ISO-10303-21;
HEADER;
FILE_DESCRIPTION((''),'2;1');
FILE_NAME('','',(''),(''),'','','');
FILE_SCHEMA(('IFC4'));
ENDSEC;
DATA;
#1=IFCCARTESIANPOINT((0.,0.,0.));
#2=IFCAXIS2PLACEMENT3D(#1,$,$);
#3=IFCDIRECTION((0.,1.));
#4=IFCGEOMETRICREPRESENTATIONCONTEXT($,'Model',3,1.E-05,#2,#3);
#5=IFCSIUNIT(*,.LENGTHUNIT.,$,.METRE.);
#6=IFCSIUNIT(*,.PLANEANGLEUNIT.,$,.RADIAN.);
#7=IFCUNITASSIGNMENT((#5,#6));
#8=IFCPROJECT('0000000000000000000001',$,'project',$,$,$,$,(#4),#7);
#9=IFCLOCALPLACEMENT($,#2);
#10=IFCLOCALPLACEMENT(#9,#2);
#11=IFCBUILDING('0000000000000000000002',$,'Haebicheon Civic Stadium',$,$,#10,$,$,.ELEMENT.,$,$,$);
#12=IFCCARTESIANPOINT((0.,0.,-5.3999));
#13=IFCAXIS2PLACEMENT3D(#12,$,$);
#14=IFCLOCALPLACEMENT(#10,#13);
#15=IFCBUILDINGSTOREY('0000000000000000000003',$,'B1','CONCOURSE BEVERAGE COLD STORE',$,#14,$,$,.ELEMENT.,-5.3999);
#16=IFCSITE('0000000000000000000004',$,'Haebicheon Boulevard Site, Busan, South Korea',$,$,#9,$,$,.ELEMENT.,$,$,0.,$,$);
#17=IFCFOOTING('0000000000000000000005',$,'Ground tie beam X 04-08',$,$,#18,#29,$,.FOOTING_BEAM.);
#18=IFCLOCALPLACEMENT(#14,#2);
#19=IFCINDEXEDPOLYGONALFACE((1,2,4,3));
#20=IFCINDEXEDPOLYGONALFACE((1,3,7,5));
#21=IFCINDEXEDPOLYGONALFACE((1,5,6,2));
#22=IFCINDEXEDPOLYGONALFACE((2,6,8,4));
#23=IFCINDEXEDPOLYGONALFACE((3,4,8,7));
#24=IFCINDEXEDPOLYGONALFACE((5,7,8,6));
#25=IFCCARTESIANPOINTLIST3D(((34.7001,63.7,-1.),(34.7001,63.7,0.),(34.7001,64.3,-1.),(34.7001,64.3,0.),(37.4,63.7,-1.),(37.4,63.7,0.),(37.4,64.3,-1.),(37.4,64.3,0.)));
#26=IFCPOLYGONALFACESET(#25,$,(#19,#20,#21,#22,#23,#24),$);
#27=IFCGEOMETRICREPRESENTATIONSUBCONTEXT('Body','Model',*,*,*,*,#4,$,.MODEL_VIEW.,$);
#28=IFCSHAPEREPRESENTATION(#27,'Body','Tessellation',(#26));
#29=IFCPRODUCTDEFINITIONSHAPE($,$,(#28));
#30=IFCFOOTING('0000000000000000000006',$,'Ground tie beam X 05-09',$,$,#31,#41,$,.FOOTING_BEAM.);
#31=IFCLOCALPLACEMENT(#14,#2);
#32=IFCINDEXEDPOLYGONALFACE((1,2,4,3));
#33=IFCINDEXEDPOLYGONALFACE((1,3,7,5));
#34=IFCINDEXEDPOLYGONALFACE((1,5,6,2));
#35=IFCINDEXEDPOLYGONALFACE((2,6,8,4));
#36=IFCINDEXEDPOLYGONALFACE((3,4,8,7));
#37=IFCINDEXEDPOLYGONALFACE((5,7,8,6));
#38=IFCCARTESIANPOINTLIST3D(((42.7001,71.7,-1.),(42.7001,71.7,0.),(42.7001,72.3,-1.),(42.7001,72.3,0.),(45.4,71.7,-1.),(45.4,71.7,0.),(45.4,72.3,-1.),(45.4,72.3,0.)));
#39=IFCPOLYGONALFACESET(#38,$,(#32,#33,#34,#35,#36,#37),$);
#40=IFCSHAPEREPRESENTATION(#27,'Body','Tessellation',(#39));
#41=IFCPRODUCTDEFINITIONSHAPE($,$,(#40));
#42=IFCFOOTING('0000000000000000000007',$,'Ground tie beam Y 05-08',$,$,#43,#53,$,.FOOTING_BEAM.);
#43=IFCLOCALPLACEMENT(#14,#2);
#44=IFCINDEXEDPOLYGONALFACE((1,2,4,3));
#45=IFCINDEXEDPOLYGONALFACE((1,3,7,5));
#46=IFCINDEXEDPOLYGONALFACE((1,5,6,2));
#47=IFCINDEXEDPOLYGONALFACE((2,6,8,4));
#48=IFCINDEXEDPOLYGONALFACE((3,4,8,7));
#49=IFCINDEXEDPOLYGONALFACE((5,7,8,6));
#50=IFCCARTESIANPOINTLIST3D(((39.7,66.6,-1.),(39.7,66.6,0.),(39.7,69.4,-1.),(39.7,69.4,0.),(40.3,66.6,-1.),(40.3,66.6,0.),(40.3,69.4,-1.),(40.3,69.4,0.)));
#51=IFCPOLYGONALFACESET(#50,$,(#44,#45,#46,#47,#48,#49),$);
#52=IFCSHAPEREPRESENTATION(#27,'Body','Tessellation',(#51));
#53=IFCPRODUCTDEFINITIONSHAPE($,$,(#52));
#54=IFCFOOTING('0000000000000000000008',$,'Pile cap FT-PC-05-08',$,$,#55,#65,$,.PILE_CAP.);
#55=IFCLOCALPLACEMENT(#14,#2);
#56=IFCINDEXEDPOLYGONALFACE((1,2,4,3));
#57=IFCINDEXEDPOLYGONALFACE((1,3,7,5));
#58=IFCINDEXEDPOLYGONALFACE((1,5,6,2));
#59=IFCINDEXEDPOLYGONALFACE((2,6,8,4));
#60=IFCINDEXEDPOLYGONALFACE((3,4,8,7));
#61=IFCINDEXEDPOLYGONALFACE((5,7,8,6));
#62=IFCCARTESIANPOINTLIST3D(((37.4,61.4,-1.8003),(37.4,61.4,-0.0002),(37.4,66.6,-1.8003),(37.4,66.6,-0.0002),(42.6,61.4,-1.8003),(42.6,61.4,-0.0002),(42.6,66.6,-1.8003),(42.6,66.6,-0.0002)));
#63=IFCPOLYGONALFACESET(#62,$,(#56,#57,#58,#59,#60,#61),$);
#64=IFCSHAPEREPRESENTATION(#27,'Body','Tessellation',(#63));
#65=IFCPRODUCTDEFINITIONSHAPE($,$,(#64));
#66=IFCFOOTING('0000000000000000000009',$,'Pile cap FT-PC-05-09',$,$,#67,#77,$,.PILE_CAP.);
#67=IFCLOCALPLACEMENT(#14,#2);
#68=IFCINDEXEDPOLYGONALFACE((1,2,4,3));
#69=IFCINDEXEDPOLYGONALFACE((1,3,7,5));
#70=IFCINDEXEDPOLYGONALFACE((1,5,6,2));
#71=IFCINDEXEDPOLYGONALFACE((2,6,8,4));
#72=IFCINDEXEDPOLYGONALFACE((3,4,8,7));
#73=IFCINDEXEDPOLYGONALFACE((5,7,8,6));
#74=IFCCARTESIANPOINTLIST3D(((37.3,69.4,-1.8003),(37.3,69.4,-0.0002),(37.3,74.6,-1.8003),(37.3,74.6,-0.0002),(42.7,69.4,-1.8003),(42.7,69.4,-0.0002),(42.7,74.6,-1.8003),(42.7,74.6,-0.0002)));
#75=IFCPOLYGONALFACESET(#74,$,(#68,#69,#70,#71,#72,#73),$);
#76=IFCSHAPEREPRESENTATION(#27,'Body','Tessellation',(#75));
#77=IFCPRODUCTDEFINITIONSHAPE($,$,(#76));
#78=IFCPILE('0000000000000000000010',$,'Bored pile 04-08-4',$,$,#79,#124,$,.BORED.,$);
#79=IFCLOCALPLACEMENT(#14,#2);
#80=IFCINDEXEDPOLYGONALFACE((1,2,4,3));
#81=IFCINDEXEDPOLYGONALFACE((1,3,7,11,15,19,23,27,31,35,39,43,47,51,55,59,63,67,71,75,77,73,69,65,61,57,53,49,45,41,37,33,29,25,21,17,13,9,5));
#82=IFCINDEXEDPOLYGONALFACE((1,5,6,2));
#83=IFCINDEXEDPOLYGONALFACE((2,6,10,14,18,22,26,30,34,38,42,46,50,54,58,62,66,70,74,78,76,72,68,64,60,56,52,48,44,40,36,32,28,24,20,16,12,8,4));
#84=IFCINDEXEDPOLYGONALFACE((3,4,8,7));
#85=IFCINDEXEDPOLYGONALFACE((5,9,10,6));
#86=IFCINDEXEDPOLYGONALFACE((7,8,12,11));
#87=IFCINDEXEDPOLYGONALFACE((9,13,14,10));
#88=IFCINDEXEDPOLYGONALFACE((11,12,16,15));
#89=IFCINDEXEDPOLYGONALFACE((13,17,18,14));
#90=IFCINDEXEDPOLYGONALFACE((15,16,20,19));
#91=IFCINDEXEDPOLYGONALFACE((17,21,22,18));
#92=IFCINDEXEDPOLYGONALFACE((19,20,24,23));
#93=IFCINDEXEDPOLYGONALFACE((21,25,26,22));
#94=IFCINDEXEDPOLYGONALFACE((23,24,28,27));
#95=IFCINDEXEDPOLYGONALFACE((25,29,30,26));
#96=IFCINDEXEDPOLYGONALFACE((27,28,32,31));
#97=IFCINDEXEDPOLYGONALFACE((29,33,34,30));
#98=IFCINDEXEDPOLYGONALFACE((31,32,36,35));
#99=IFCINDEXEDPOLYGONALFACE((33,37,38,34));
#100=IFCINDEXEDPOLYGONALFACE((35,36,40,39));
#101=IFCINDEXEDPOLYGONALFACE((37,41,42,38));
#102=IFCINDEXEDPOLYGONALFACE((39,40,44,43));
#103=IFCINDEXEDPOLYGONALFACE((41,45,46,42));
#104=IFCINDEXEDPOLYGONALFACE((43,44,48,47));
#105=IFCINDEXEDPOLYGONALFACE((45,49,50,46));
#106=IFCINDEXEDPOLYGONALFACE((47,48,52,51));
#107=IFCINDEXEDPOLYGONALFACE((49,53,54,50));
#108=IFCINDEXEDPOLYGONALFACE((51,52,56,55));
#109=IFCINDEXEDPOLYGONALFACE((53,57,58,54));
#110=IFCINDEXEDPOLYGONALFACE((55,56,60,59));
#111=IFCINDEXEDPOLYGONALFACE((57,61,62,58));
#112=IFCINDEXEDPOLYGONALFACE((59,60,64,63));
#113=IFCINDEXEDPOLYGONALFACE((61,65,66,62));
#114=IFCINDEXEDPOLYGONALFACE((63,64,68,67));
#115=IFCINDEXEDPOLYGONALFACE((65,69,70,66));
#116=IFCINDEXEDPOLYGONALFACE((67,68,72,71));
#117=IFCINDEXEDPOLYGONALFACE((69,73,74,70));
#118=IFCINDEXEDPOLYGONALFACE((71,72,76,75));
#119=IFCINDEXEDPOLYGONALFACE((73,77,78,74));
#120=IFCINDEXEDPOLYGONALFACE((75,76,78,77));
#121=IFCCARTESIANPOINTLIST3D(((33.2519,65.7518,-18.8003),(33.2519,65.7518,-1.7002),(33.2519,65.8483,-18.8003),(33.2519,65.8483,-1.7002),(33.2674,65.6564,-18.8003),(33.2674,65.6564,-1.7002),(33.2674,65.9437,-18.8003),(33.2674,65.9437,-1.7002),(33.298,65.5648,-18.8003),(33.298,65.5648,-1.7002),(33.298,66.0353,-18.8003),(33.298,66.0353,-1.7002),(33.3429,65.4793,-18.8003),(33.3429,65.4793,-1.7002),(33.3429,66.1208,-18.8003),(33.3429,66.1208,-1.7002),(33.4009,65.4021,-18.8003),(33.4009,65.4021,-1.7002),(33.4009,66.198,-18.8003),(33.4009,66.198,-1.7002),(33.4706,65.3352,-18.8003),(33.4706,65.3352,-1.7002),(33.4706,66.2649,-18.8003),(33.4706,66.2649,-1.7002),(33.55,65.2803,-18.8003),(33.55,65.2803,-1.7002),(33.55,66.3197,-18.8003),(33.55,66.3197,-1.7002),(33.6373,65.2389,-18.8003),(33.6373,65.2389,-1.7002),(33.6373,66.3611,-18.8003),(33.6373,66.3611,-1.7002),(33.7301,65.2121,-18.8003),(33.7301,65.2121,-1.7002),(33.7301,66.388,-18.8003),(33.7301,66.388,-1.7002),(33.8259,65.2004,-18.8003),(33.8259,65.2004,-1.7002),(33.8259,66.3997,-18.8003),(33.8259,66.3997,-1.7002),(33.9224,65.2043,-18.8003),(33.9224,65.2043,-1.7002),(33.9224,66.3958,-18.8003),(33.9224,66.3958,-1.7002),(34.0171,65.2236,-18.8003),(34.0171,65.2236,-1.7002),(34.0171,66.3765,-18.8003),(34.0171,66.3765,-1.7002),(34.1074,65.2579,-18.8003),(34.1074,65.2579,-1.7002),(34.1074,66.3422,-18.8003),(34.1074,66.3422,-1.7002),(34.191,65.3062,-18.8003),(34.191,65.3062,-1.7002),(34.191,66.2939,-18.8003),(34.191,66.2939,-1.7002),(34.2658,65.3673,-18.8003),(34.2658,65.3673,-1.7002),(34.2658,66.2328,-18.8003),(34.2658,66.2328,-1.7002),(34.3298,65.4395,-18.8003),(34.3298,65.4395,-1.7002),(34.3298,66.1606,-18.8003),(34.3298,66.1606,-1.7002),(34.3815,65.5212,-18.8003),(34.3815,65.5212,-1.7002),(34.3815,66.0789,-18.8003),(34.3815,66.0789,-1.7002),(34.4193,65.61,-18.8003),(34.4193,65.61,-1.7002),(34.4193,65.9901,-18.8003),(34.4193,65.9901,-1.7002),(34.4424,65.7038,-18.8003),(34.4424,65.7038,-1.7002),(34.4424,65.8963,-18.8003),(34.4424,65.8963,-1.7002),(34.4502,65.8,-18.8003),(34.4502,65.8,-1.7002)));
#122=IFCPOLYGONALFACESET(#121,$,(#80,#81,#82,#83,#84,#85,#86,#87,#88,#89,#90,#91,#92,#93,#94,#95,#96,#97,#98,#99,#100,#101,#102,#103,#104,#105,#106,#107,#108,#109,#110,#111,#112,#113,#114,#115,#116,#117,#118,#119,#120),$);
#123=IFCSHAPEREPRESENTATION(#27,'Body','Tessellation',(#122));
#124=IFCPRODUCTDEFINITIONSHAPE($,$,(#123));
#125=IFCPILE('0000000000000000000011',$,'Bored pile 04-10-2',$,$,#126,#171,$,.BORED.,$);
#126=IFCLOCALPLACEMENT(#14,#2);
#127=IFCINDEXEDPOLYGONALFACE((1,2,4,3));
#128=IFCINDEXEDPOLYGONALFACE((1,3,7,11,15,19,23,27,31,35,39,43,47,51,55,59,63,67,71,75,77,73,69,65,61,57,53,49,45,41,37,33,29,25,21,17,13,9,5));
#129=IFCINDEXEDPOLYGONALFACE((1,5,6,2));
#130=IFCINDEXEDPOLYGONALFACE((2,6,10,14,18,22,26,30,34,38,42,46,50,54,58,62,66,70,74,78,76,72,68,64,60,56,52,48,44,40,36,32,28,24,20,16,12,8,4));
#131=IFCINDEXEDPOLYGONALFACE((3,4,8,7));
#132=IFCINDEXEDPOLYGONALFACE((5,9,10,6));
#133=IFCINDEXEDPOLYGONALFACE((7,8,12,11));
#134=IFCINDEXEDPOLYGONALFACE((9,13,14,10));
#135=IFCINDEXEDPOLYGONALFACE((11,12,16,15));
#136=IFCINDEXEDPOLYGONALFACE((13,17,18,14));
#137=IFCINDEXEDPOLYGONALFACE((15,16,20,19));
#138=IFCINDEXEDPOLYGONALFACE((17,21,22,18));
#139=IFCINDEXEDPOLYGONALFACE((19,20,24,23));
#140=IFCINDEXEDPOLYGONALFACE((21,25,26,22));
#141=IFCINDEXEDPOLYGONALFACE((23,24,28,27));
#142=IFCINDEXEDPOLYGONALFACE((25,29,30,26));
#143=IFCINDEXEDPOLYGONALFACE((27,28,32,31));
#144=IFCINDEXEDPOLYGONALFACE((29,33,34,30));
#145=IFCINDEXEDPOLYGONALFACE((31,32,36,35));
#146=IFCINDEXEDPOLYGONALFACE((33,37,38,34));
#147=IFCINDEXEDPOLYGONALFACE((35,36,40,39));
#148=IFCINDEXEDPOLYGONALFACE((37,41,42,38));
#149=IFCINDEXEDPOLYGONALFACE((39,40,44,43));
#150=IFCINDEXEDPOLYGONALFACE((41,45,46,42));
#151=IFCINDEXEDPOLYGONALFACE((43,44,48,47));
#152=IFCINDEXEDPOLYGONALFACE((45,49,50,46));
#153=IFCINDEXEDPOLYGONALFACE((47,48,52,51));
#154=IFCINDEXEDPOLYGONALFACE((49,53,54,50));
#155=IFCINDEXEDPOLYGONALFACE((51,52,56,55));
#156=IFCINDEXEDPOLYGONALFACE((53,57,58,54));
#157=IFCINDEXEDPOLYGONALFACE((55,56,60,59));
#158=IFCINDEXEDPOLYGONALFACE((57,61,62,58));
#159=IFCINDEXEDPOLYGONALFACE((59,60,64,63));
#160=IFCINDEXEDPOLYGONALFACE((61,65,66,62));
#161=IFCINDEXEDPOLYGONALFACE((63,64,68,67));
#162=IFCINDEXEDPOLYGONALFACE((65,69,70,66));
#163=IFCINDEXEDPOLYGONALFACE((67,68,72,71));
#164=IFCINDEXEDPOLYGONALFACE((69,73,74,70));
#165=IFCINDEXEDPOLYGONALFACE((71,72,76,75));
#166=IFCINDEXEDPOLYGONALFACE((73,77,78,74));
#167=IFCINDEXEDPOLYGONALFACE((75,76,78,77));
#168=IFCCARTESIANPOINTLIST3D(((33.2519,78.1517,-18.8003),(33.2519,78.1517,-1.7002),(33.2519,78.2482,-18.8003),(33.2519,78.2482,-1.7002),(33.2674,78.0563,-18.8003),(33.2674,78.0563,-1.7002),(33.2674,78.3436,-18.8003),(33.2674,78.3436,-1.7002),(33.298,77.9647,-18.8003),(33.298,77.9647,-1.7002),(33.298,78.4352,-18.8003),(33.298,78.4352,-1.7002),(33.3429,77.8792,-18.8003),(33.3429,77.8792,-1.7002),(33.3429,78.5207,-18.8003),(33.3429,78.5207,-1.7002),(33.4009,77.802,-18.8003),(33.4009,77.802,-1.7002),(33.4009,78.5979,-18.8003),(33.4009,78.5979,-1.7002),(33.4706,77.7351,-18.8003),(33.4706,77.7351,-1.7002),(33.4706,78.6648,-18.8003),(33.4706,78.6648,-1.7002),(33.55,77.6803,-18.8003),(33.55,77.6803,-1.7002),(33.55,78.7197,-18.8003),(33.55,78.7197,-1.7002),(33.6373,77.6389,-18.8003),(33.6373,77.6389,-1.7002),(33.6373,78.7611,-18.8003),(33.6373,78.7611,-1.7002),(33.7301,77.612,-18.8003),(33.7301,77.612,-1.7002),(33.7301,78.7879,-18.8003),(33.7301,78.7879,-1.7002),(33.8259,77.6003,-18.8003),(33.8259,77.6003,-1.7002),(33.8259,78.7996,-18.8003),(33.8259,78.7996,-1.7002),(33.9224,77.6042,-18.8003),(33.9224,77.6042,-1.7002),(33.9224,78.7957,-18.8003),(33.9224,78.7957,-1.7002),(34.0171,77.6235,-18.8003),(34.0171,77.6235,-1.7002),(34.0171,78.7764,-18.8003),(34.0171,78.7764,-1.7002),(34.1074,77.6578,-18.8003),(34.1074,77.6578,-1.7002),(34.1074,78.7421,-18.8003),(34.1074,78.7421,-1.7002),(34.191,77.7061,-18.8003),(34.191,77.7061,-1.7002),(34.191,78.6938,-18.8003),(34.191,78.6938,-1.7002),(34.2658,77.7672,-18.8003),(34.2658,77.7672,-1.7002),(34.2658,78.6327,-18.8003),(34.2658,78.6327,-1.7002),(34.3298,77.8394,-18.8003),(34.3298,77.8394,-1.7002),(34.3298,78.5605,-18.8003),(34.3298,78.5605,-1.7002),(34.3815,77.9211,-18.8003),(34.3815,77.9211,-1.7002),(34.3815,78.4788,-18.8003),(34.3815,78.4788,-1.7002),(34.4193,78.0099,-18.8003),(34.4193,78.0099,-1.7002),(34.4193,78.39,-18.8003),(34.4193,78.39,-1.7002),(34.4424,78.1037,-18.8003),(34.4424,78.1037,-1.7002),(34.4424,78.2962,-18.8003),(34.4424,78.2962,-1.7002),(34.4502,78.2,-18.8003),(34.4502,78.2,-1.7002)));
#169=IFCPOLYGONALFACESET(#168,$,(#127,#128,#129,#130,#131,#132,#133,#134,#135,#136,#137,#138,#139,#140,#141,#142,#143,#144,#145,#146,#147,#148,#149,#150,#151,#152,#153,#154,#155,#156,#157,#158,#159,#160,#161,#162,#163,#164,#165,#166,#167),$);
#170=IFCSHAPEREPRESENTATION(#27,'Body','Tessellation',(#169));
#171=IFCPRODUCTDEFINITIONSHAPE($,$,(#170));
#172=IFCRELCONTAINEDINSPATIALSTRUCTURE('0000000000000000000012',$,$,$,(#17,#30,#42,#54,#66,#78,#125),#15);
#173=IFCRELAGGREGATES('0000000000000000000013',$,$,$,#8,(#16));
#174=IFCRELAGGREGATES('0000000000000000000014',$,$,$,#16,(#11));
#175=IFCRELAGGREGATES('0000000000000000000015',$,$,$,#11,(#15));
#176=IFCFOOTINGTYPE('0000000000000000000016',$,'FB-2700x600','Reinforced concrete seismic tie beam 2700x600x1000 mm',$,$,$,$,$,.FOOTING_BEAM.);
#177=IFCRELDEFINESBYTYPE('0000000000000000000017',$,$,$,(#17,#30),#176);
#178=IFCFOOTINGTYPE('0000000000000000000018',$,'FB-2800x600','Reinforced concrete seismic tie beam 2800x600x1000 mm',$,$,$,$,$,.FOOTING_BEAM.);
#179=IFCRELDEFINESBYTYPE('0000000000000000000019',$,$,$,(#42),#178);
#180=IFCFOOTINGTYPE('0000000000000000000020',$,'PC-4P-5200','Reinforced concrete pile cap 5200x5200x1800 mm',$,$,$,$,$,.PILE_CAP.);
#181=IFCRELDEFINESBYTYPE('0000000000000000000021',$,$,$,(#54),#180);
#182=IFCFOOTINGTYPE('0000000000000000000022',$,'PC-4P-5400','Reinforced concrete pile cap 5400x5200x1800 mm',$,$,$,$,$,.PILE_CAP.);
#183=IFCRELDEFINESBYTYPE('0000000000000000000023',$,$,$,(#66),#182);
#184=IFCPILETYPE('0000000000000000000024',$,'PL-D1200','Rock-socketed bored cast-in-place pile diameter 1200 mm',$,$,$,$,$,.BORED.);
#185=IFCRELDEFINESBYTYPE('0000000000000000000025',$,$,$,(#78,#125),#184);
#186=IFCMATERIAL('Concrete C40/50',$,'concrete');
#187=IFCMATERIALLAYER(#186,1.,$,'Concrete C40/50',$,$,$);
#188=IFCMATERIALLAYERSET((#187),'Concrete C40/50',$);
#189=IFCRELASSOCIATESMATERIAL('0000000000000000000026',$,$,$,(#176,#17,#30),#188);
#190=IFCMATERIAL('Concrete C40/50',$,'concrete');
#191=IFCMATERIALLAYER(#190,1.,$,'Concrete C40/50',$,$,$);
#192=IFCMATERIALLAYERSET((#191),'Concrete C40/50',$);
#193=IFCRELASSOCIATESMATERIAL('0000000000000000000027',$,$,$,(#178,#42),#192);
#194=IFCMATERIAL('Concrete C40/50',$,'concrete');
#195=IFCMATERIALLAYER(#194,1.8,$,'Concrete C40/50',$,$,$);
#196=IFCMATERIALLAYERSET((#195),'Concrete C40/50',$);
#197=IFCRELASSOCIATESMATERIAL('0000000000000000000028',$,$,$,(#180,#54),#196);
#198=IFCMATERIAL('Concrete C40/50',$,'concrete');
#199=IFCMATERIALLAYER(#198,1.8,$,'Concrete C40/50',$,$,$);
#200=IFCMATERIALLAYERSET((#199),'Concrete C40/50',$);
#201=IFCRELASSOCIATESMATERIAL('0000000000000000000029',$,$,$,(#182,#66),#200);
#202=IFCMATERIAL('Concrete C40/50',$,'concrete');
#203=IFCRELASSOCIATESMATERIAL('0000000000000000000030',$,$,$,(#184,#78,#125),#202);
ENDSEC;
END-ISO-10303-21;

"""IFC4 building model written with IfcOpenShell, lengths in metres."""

from ifc_helpers import new_model, si_unit, direction, frame, origin, origin_2d, place, context, subcontext, project, spatial, rectangle, circle, extrude, material, layer, layer_set, material_profile, profile_set, type_object, element, save


model = new_model("IFC4")

# Units and contexts
model_context = context("Model", 3, precision=1e-05, world=origin(), true_north=direction((0.0, 1.0)))
body_context = subcontext(model_context, "Body", "Model", "MODEL_VIEW")
ifc_project = project(units=[si_unit("LENGTHUNIT", "METRE"), si_unit("PLANEANGLEUNIT", "RADIAN")], contexts=[model_context])

# Site, building, storey
site_placement = place(None, origin())
site = spatial("IfcSite", under=ifc_project, at=site_placement, Name="Haebicheon Boulevard Site, Busan, South Korea", CompositionType="ELEMENT", RefElevation=0.0)
building_placement = place(site_placement, origin())
building = spatial("IfcBuilding", under=site, at=building_placement, Name="Haebicheon Civic Stadium", CompositionType="ELEMENT")
storey_placement = place(building_placement, frame((0.0, 0.0, -5.3999)))
storey = spatial("IfcBuildingStorey", under=building, at=storey_placement, Name="B1", Description="CONCOURSE BEVERAGE COLD STORE", CompositionType="ELEMENT", Elevation=-5.3999)

# Footings
ifc_material_1 = material(Name="Concrete C40/50", Category="concrete")
ifc_layer_1 = layer(ifc_material_1, 1.0, Name="Concrete C40/50")
ifc_layer_set_1 = layer_set([ifc_layer_1], Name="Concrete C40/50")
footing_type_1 = type_object("IfcFootingType", Name="FB-2700x600", Description="Reinforced concrete seismic tie beam 2700x600x1000 mm", PredefinedType="FOOTING_BEAM", material=ifc_layer_set_1)
for number, where, z_axis, x_axis, name in (
    (1, (36.05, 64.0, -1.0), (0.0, 0.0, 1.0), (1.0, 0.0, 0.0), "Ground tie beam X 04-08"),
    (2, (44.05, 72.0, -1.0), (0.0, 0.0, 1.0), (1.0, 0.0, 0.0), "Ground tie beam X 05-09"),
):
    element("IfcFooting", number, at=place(storey_placement, frame(where, z_axis=z_axis, x_axis=x_axis)), inside=storey, type_object=footing_type_1, material=ifc_layer_set_1, Name=name, PredefinedType="FOOTING_BEAM", context=body_context, shape_type="SweptSolid", body=[
        extrude(rectangle(XDim=2.7, YDim=0.6001, at=origin_2d()), origin(), (0.0, 0.0, 1.0), 1.0),
    ])
ifc_material_2 = material(Name="Concrete C40/50", Category="concrete")
ifc_layer_2 = layer(ifc_material_2, 1.0, Name="Concrete C40/50")
ifc_layer_set_2 = layer_set([ifc_layer_2], Name="Concrete C40/50")
footing_type_2 = type_object("IfcFootingType", Name="FB-2800x600", Description="Reinforced concrete seismic tie beam 2800x600x1000 mm", PredefinedType="FOOTING_BEAM", material=ifc_layer_set_2)
footing_1_placement = place(storey_placement, frame((40.0, 68.0, -1.0), z_axis=(0.0, 0.0, 1.0), x_axis=(0.0, 1.0, 0.0)))
element("IfcFooting", 3, at=footing_1_placement, inside=storey, type_object=footing_type_2, material=ifc_layer_set_2, Name="Ground tie beam Y 05-08", PredefinedType="FOOTING_BEAM", context=body_context, shape_type="SweptSolid", body=[
    extrude(rectangle(XDim=2.8, YDim=0.6001, at=origin_2d()), origin(), (0.0, 0.0, 1.0), 1.0),
])
ifc_material_3 = material(Name="Concrete C40/50", Category="concrete")
ifc_layer_3 = layer(ifc_material_3, 1.8, Name="Concrete C40/50")
ifc_layer_set_3 = layer_set([ifc_layer_3], Name="Concrete C40/50")
footing_type_3 = type_object("IfcFootingType", Name="PC-4P-5200", Description="Reinforced concrete pile cap 5200x5200x1800 mm", PredefinedType="PILE_CAP", material=ifc_layer_set_3)
footing_2_placement = place(storey_placement, frame((40.0, 64.0, -1.8003), z_axis=(0.0, 0.0, 1.0), x_axis=(1.0, 0.0, 0.0)))
element("IfcFooting", 4, at=footing_2_placement, inside=storey, type_object=footing_type_3, material=ifc_layer_set_3, Name="Pile cap FT-PC-05-08", PredefinedType="PILE_CAP", context=body_context, shape_type="SweptSolid", body=[
    extrude(rectangle(XDim=5.2, YDim=5.2, at=origin_2d()), origin(), (0.0, 0.0, 1.0), 1.8),
])
ifc_material_4 = material(Name="Concrete C40/50", Category="concrete")
ifc_layer_4 = layer(ifc_material_4, 1.8, Name="Concrete C40/50")
ifc_layer_set_4 = layer_set([ifc_layer_4], Name="Concrete C40/50")
footing_type_4 = type_object("IfcFootingType", Name="PC-4P-5400", Description="Reinforced concrete pile cap 5400x5200x1800 mm", PredefinedType="PILE_CAP", material=ifc_layer_set_4)
footing_3_placement = place(storey_placement, frame((40.0, 72.0, -1.8003), z_axis=(0.0, 0.0, 1.0), x_axis=(1.0, 0.0, 0.0)))
element("IfcFooting", 5, at=footing_3_placement, inside=storey, type_object=footing_type_4, material=ifc_layer_set_4, Name="Pile cap FT-PC-05-09", PredefinedType="PILE_CAP", context=body_context, shape_type="SweptSolid", body=[
    extrude(rectangle(XDim=5.3999, YDim=5.2, at=origin_2d()), origin(), (0.0, 0.0, 1.0), 1.8),
])

# Piles
ifc_material_5 = material(Name="Concrete C40/50", Category="concrete")
ifc_material_profile_1 = material_profile(ifc_material_5, circle(Radius=0.6001, at=origin_2d()), Name="PILE-D1200")
ifc_profile_set_1 = profile_set([ifc_material_profile_1], Name="Concrete C40/50")
pile_type = type_object("IfcPileType", Name="PL-D1200", Description="Rock-socketed bored cast-in-place pile diameter 1200 mm", PredefinedType="BORED", material=ifc_profile_set_1)
for number, where, z_axis, x_axis, name in (
    (6, (33.8501, 65.8, -1.7002), (0.0, 0.0, -1.0), (1.0, 0.0, 0.0), "Bored pile 04-08-4"),
    (7, (33.8501, 78.2, -1.7002), (0.0, 0.0, -1.0), (1.0, 0.0, 0.0), "Bored pile 04-10-2"),
):
    element("IfcPile", number, at=place(storey_placement, frame(where, z_axis=z_axis, x_axis=x_axis)), inside=storey, type_object=pile_type, material=ifc_profile_set_1, Name=name, PredefinedType="BORED", context=body_context, shape_type="SweptSolid", body=[
        extrude(circle(Radius=0.6001, at=origin_2d()), origin(), (0.0, 0.0, 1.0), 17.1001),
    ])

save(model, "model.ifc")
